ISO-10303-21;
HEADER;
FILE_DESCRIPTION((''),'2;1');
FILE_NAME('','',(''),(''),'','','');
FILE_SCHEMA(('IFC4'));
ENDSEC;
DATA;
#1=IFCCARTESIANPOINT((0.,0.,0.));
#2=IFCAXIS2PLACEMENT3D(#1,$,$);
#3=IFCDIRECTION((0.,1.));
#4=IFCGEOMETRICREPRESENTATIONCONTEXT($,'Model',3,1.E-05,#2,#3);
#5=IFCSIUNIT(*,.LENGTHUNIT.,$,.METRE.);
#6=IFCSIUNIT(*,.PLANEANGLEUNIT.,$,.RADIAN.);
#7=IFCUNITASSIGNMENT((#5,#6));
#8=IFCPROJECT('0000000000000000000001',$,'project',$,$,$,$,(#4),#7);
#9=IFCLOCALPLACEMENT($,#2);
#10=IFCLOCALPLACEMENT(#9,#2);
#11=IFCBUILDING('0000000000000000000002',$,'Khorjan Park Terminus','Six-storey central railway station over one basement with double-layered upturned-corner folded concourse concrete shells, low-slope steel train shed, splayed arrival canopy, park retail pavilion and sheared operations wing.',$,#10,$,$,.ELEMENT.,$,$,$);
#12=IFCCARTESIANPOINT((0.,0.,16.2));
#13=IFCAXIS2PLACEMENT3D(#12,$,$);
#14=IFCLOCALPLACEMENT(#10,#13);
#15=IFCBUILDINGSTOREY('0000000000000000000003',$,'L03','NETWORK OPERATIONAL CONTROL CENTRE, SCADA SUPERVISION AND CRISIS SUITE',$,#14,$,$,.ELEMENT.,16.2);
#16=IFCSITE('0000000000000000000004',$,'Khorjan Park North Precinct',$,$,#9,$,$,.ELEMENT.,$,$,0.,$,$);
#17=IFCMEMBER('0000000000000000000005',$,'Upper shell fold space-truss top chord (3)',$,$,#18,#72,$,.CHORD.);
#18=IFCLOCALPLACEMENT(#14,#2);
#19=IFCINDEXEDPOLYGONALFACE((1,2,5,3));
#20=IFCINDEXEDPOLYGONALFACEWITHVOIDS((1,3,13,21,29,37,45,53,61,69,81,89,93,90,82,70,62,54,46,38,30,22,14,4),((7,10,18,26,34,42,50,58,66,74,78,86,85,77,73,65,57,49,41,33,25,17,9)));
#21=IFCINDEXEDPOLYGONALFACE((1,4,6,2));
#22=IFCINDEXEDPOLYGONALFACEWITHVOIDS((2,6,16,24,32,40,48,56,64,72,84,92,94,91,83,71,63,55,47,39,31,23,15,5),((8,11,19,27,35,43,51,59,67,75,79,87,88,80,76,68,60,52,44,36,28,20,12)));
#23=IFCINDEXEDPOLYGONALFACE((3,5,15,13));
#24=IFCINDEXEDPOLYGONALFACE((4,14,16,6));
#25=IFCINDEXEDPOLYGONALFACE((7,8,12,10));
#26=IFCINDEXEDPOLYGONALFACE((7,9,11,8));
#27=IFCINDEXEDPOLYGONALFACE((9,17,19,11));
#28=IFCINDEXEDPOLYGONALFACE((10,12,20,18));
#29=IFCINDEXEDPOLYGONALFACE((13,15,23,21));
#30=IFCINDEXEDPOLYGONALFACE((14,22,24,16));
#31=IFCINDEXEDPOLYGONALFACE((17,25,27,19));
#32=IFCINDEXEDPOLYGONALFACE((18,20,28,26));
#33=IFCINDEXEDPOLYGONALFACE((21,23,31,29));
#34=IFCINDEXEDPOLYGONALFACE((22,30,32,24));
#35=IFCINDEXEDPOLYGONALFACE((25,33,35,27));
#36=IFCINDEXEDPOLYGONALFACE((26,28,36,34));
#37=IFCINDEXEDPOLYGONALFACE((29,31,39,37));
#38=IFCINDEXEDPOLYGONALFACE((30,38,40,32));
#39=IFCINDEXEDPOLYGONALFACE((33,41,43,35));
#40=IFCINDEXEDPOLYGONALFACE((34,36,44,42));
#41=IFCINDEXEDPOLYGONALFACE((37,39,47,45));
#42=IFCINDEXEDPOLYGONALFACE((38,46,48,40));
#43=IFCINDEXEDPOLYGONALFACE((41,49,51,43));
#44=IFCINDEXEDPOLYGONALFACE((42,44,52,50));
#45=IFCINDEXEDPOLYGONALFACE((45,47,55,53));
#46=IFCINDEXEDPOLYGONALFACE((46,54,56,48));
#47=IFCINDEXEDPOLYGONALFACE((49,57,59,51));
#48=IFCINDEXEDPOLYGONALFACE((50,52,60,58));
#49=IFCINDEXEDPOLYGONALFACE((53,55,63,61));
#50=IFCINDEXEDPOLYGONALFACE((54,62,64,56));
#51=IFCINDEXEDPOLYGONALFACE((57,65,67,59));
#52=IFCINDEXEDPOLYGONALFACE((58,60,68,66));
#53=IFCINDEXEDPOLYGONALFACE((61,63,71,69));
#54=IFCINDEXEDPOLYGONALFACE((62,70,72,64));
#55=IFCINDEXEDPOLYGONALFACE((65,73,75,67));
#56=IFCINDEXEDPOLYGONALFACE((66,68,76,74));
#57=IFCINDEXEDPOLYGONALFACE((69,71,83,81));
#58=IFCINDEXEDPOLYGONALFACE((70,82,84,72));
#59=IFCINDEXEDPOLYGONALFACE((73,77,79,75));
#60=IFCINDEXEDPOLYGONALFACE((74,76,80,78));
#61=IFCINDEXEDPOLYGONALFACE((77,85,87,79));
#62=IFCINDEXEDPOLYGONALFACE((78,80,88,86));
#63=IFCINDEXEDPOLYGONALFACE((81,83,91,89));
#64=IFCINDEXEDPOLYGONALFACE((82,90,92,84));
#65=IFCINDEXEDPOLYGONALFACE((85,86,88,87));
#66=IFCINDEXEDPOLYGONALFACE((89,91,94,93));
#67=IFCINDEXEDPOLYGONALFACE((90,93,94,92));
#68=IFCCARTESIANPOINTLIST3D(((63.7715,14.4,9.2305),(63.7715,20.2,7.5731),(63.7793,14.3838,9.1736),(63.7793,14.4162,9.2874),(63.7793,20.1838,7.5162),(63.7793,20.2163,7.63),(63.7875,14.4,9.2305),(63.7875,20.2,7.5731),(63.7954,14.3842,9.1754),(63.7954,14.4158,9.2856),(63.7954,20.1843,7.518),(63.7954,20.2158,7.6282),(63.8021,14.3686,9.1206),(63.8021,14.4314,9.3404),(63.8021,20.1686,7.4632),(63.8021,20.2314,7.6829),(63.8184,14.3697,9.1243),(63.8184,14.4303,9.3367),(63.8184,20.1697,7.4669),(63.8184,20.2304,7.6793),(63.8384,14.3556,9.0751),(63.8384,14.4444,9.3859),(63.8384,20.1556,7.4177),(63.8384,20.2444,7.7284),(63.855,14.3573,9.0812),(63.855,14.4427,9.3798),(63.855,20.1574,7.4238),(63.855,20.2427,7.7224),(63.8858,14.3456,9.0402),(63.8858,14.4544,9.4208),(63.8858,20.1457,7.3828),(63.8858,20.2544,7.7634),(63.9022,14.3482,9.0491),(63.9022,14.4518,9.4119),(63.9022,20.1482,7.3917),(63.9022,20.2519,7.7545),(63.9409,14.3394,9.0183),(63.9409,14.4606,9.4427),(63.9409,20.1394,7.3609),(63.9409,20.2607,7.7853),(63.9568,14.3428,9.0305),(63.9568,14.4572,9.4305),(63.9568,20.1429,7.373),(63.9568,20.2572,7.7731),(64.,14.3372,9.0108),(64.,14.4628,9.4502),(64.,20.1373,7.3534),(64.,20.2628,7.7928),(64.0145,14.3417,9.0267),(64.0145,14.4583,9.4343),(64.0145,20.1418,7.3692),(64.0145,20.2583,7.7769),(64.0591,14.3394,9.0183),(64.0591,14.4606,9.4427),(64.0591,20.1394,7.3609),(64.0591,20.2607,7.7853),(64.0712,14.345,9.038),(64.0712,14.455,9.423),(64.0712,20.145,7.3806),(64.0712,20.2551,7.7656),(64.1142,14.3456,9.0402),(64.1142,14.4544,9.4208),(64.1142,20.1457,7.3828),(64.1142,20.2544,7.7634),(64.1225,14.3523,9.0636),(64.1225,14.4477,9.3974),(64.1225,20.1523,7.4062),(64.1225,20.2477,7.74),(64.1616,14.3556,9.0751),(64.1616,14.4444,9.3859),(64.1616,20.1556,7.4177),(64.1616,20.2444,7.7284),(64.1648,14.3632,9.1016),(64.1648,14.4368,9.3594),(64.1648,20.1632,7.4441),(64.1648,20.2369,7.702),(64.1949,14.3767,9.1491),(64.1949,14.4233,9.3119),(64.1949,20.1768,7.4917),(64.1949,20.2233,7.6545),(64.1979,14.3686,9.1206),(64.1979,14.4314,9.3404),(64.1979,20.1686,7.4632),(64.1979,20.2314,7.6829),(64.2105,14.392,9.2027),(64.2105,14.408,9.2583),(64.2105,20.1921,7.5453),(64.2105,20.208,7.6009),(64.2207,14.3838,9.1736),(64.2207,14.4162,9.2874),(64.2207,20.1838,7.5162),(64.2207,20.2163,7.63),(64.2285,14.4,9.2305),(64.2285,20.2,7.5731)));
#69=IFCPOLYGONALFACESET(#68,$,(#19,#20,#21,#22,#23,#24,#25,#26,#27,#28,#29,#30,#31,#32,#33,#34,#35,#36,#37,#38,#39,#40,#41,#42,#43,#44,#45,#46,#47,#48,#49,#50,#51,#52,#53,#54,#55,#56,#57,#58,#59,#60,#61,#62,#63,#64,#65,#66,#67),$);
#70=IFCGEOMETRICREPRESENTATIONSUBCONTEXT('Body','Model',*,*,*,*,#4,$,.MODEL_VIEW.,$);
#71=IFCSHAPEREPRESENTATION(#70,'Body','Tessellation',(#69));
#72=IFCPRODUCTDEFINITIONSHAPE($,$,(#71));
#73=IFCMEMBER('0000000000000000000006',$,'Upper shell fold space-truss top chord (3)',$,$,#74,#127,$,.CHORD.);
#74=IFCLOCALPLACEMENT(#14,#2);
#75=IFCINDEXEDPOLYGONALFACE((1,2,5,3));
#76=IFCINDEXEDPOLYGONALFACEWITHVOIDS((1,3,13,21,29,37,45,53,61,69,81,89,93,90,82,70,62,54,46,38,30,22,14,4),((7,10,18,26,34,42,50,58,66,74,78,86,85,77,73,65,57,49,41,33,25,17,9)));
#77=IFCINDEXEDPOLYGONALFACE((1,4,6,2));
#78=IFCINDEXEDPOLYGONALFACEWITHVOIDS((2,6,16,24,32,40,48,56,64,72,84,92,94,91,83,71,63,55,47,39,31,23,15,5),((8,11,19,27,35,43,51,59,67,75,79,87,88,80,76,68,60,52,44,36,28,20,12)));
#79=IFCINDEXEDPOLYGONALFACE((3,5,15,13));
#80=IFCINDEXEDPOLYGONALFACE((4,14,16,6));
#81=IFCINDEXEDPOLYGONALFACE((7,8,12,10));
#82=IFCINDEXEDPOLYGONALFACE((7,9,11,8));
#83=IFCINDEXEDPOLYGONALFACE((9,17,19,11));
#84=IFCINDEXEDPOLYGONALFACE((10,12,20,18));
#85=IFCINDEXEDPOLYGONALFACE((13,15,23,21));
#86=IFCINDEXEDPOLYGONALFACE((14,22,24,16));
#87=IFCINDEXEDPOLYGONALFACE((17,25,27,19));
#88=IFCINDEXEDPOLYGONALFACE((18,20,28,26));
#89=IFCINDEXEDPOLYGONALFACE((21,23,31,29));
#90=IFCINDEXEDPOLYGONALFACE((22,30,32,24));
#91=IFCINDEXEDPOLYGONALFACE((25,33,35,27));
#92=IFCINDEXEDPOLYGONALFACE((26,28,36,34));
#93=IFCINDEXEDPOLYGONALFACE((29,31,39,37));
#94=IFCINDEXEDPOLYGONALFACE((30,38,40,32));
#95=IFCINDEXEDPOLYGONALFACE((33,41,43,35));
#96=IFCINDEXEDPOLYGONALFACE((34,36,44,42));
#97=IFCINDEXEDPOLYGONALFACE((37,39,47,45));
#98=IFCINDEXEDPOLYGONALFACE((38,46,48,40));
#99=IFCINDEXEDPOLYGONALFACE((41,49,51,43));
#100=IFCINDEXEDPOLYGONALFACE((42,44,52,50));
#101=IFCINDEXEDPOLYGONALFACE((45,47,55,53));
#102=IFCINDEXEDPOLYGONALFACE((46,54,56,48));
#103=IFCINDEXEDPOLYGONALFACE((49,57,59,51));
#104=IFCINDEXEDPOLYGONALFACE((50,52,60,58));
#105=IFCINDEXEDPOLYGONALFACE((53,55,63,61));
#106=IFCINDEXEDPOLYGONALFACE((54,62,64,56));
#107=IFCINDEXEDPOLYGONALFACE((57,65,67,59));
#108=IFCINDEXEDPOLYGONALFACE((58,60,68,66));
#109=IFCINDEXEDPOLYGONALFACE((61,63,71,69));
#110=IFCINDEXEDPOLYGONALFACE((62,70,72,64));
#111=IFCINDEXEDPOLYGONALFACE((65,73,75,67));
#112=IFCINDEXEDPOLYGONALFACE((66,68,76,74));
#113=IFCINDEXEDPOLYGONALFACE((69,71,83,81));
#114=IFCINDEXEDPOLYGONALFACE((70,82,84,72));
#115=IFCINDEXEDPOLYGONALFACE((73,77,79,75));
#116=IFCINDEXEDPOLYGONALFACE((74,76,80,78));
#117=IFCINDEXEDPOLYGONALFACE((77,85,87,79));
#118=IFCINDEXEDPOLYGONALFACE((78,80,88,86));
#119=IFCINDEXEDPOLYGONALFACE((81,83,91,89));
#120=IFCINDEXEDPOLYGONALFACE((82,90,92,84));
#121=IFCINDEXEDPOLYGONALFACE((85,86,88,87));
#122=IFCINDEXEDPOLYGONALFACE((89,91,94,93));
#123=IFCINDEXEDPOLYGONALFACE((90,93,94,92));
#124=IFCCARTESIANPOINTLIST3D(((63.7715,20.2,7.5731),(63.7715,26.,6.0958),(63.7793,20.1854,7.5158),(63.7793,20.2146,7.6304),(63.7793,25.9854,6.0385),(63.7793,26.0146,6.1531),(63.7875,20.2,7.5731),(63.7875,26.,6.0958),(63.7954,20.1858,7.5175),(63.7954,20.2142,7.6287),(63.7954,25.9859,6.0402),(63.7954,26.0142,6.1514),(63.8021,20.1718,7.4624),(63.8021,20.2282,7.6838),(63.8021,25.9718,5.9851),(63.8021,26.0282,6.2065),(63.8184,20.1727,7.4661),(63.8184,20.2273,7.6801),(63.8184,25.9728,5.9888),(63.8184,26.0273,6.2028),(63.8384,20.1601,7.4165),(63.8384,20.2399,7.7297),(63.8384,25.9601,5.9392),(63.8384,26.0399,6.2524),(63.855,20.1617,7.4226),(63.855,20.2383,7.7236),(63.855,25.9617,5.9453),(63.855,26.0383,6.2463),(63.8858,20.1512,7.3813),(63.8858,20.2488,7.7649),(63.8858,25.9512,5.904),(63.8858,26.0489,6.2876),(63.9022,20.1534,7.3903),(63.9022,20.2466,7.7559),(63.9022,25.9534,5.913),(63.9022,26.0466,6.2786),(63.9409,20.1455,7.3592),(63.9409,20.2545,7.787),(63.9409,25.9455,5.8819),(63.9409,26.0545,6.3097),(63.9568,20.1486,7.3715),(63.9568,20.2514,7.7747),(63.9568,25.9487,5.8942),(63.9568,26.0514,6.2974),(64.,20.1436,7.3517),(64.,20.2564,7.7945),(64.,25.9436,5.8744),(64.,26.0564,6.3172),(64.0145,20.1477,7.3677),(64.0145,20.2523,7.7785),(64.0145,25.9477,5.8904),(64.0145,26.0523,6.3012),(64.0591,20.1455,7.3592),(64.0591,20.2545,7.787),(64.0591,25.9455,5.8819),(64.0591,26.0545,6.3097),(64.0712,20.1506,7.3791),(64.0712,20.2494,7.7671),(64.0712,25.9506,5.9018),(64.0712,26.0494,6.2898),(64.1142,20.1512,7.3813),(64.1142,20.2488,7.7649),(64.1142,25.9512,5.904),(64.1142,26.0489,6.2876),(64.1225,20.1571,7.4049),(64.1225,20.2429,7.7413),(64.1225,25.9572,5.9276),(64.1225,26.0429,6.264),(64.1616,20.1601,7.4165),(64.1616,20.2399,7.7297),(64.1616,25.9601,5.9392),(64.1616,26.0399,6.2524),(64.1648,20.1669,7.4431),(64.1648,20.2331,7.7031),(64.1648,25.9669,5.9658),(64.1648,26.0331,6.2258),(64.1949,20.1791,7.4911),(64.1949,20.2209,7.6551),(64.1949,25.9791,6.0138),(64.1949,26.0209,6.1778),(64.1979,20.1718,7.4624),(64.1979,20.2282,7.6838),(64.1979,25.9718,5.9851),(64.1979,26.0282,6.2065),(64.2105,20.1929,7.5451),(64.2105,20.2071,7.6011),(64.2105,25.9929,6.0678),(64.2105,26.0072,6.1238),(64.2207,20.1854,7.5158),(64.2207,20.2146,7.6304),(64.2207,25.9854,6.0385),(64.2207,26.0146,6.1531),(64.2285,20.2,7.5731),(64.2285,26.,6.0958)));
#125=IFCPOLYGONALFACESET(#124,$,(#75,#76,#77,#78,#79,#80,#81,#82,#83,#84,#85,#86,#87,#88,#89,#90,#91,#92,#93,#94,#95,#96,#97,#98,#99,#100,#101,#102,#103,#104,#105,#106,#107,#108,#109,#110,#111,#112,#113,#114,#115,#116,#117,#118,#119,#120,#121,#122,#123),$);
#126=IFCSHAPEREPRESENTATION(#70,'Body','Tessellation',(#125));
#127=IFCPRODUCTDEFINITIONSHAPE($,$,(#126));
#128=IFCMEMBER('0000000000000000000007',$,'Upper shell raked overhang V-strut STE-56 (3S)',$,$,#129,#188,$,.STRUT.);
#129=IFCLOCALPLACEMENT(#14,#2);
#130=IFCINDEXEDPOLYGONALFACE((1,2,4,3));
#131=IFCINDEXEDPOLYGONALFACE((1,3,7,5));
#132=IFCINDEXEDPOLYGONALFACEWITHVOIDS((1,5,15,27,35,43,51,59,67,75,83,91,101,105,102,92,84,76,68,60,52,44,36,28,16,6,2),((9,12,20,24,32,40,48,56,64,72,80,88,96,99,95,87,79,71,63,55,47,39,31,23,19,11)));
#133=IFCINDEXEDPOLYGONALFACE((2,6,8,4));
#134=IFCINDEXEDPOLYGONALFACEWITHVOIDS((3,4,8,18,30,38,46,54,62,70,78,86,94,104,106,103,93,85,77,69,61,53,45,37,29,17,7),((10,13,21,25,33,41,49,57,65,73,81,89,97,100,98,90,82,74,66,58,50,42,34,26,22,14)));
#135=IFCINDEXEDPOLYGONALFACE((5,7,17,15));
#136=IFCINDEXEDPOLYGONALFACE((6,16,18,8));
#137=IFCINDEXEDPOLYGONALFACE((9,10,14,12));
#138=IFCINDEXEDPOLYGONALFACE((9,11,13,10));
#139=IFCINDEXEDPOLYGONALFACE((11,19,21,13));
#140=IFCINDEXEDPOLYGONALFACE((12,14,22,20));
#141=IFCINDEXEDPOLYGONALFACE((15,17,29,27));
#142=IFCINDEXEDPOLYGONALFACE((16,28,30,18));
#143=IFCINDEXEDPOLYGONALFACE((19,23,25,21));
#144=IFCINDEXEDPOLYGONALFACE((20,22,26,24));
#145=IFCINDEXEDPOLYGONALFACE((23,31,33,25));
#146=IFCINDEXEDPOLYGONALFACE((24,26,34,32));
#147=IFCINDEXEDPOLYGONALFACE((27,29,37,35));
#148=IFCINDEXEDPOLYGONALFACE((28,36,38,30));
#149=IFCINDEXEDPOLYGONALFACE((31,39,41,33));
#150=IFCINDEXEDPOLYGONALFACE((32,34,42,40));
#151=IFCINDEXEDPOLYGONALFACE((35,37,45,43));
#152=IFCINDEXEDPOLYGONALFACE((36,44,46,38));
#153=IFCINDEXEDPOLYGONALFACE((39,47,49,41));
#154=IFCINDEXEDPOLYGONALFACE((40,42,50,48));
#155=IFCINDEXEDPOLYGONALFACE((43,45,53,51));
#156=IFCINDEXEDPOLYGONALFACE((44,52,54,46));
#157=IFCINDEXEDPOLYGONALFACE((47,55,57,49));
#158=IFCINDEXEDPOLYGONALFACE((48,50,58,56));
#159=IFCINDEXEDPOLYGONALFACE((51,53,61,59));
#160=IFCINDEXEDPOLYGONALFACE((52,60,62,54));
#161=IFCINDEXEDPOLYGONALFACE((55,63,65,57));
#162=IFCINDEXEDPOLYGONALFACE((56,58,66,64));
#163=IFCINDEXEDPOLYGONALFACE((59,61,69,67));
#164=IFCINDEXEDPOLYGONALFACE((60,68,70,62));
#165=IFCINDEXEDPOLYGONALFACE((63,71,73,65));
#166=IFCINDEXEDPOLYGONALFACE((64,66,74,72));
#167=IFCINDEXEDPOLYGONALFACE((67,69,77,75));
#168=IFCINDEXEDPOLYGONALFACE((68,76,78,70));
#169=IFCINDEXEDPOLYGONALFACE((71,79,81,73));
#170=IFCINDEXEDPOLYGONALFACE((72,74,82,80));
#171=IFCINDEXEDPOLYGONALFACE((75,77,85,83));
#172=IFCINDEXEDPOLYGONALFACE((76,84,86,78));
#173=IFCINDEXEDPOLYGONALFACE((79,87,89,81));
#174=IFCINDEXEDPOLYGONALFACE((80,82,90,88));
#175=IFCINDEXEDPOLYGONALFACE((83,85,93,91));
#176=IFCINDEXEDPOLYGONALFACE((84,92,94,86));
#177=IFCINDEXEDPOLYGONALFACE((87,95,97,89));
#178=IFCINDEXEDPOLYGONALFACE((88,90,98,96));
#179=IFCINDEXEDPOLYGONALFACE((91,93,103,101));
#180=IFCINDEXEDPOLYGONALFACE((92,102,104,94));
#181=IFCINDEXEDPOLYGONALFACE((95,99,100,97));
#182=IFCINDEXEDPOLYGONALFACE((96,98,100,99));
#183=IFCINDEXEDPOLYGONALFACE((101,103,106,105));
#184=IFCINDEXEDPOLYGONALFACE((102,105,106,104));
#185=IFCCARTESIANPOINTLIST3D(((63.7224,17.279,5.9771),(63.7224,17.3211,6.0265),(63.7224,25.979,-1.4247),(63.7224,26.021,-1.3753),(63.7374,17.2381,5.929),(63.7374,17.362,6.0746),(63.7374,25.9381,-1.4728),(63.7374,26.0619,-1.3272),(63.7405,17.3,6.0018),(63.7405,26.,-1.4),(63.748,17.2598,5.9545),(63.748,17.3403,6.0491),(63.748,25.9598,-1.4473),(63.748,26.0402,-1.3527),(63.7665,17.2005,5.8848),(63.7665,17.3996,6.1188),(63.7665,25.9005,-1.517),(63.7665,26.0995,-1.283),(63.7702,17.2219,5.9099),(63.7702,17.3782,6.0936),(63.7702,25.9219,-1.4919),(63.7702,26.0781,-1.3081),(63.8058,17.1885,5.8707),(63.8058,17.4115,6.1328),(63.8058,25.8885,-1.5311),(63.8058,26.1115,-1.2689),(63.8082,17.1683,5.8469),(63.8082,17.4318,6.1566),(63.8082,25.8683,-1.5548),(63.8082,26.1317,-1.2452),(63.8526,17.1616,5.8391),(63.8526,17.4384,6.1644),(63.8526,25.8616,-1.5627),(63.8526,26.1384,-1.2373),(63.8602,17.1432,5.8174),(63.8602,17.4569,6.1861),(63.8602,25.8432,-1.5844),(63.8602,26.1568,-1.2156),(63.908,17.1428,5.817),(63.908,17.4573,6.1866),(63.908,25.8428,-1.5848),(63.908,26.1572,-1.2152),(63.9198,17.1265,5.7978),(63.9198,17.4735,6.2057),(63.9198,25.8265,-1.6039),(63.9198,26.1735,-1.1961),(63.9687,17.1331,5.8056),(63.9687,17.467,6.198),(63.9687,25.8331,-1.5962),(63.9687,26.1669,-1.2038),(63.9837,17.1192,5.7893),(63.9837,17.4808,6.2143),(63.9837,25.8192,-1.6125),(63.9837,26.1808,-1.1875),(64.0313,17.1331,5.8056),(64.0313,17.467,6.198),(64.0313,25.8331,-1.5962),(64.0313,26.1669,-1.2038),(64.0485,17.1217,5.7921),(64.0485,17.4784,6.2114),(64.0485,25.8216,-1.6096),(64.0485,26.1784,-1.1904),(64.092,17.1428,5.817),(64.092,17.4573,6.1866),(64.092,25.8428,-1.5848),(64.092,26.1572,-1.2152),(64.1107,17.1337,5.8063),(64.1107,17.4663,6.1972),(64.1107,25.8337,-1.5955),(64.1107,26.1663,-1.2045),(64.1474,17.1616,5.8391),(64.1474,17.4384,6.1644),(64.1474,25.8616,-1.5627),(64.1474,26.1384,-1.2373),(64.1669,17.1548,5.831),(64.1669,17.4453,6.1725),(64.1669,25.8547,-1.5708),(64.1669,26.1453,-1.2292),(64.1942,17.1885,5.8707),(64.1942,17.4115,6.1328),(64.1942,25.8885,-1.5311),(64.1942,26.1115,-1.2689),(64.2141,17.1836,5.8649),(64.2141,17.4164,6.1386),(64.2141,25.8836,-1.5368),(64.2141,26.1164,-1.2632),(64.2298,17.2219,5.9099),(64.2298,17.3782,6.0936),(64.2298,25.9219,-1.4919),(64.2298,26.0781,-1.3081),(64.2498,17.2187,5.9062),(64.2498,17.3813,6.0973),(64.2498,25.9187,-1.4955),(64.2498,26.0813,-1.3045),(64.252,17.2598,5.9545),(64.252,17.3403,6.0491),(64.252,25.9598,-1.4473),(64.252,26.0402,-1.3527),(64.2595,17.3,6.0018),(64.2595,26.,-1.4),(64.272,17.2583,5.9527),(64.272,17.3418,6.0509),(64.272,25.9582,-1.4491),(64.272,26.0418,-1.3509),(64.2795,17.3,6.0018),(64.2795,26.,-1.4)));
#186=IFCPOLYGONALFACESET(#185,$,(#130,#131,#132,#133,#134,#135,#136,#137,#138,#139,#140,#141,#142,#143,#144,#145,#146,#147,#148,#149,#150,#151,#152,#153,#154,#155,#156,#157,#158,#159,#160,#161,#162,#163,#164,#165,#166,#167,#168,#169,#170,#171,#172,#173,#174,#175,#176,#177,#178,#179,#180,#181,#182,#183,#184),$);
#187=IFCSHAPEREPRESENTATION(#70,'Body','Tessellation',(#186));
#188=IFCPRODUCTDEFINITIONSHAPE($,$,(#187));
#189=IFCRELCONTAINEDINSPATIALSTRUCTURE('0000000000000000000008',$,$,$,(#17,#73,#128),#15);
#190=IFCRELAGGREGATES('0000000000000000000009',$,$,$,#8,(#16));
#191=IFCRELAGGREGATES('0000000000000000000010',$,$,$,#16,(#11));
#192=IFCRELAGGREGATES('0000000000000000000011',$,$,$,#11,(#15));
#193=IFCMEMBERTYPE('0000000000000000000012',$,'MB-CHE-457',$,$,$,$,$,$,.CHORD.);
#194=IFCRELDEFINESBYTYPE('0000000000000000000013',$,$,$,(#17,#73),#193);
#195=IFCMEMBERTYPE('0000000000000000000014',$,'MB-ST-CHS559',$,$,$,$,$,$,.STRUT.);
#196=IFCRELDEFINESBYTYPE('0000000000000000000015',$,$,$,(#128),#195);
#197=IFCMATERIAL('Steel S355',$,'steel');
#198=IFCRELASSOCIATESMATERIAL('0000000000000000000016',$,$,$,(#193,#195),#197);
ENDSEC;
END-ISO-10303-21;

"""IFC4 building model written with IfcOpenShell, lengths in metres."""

from ifc_helpers import new_model, si_unit, direction, frame, origin, origin_2d, place, context, subcontext, project, spatial, hollow_circle, extrude, material, material_profile, profile_set, type_object, element, save


model = new_model("IFC4")

# Units and contexts
model_context = context("Model", 3, precision=1e-05, world=origin(), true_north=direction((0.0, 1.0)))
body_context = subcontext(model_context, "Body", "Model", "MODEL_VIEW")
ifc_project = project(units=[si_unit("LENGTHUNIT", "METRE"), si_unit("PLANEANGLEUNIT", "RADIAN")], contexts=[model_context])

# Site, building, storey
site_placement = place(None, origin())
site = spatial("IfcSite", under=ifc_project, at=site_placement, Name="Khorjan Park North Precinct", CompositionType="ELEMENT", RefElevation=0.0)
building_placement = place(site_placement, origin())
building = spatial("IfcBuilding", under=site, at=building_placement, Name="Khorjan Park Terminus", Description="Six-storey central railway station over one basement with double-layered upturned-corner folded concourse concrete shells, low-slope steel train shed, splayed arrival canopy, park retail pavilion and sheared operations wing.", CompositionType="ELEMENT")
storey_placement = place(building_placement, frame((0.0, 0.0, 16.2)))
storey = spatial("IfcBuildingStorey", under=building, at=storey_placement, Name="L03", Description="NETWORK OPERATIONAL CONTROL CENTRE, SCADA SUPERVISION AND CRISIS SUITE", CompositionType="ELEMENT", Elevation=16.2)

# Members
ifc_material_1 = material(Name="Steel S355", Category="steel")
ifc_material_profile_1 = material_profile(ifc_material_1, hollow_circle(Radius=0.2285, WallThickness=0.016, at=origin_2d()), Name="CHS 457x16")
ifc_profile_set_1 = profile_set([ifc_material_profile_1], Name="Steel S355")
member_type_1 = type_object("IfcMemberType", Name="MB-CHE-457", PredefinedType="CHORD", material=ifc_profile_set_1)
member_1_placement = place(storey_placement, frame((64.0, 14.4, 9.2305), z_axis=(0.0, 0.961513, -0.274761), x_axis=(-1.0, 0.0, 0.0)))
element("IfcMember", 1, at=member_1_placement, inside=storey, type_object=member_type_1, Name="Upper shell fold space-truss top chord (3)", PredefinedType="CHORD", context=body_context, shape_type="SweptSolid", body=[
    extrude(hollow_circle(Radius=0.2285, WallThickness=0.016, at=origin_2d()), origin(), (0.0, 0.0, 1.0), 6.0322),
])
member_2_placement = place(storey_placement, frame((64.0, 20.2, 7.5731), z_axis=(0.0, 0.96906, -0.246826), x_axis=(-1.0, 0.0, 0.0)))
element("IfcMember", 2, at=member_2_placement, inside=storey, type_object=member_type_1, Name="Upper shell fold space-truss top chord (3)", PredefinedType="CHORD", context=body_context, shape_type="SweptSolid", body=[
    extrude(hollow_circle(Radius=0.2285, WallThickness=0.016, at=origin_2d()), origin(), (0.0, 0.0, 1.0), 5.9852),
])
ifc_material_profile_2 = material_profile(ifc_material_1, hollow_circle(Radius=0.2795, WallThickness=0.02, at=origin_2d()), Name="CHS 559x20")
ifc_profile_set_2 = profile_set([ifc_material_profile_2], Name="Steel S355")
member_type_2 = type_object("IfcMemberType", Name="MB-ST-CHS559", PredefinedType="STRUT", material=ifc_profile_set_2)
member_3_placement = place(storey_placement, frame((64.0, 26.0, -1.4), z_axis=(0.0, -0.761645, 0.647994), x_axis=(1.0, 0.0, 0.0)))
element("IfcMember", 3, at=member_3_placement, inside=storey, type_object=member_type_2, Name="Upper shell raked overhang V-strut STE-56 (3S)", PredefinedType="STRUT", context=body_context, shape_type="SweptSolid", body=[
    extrude(hollow_circle(Radius=0.2795, WallThickness=0.02, at=origin_2d()), origin(), (0.0, 0.0, 1.0), 11.4226),
])

save(model, "model.ifc")
